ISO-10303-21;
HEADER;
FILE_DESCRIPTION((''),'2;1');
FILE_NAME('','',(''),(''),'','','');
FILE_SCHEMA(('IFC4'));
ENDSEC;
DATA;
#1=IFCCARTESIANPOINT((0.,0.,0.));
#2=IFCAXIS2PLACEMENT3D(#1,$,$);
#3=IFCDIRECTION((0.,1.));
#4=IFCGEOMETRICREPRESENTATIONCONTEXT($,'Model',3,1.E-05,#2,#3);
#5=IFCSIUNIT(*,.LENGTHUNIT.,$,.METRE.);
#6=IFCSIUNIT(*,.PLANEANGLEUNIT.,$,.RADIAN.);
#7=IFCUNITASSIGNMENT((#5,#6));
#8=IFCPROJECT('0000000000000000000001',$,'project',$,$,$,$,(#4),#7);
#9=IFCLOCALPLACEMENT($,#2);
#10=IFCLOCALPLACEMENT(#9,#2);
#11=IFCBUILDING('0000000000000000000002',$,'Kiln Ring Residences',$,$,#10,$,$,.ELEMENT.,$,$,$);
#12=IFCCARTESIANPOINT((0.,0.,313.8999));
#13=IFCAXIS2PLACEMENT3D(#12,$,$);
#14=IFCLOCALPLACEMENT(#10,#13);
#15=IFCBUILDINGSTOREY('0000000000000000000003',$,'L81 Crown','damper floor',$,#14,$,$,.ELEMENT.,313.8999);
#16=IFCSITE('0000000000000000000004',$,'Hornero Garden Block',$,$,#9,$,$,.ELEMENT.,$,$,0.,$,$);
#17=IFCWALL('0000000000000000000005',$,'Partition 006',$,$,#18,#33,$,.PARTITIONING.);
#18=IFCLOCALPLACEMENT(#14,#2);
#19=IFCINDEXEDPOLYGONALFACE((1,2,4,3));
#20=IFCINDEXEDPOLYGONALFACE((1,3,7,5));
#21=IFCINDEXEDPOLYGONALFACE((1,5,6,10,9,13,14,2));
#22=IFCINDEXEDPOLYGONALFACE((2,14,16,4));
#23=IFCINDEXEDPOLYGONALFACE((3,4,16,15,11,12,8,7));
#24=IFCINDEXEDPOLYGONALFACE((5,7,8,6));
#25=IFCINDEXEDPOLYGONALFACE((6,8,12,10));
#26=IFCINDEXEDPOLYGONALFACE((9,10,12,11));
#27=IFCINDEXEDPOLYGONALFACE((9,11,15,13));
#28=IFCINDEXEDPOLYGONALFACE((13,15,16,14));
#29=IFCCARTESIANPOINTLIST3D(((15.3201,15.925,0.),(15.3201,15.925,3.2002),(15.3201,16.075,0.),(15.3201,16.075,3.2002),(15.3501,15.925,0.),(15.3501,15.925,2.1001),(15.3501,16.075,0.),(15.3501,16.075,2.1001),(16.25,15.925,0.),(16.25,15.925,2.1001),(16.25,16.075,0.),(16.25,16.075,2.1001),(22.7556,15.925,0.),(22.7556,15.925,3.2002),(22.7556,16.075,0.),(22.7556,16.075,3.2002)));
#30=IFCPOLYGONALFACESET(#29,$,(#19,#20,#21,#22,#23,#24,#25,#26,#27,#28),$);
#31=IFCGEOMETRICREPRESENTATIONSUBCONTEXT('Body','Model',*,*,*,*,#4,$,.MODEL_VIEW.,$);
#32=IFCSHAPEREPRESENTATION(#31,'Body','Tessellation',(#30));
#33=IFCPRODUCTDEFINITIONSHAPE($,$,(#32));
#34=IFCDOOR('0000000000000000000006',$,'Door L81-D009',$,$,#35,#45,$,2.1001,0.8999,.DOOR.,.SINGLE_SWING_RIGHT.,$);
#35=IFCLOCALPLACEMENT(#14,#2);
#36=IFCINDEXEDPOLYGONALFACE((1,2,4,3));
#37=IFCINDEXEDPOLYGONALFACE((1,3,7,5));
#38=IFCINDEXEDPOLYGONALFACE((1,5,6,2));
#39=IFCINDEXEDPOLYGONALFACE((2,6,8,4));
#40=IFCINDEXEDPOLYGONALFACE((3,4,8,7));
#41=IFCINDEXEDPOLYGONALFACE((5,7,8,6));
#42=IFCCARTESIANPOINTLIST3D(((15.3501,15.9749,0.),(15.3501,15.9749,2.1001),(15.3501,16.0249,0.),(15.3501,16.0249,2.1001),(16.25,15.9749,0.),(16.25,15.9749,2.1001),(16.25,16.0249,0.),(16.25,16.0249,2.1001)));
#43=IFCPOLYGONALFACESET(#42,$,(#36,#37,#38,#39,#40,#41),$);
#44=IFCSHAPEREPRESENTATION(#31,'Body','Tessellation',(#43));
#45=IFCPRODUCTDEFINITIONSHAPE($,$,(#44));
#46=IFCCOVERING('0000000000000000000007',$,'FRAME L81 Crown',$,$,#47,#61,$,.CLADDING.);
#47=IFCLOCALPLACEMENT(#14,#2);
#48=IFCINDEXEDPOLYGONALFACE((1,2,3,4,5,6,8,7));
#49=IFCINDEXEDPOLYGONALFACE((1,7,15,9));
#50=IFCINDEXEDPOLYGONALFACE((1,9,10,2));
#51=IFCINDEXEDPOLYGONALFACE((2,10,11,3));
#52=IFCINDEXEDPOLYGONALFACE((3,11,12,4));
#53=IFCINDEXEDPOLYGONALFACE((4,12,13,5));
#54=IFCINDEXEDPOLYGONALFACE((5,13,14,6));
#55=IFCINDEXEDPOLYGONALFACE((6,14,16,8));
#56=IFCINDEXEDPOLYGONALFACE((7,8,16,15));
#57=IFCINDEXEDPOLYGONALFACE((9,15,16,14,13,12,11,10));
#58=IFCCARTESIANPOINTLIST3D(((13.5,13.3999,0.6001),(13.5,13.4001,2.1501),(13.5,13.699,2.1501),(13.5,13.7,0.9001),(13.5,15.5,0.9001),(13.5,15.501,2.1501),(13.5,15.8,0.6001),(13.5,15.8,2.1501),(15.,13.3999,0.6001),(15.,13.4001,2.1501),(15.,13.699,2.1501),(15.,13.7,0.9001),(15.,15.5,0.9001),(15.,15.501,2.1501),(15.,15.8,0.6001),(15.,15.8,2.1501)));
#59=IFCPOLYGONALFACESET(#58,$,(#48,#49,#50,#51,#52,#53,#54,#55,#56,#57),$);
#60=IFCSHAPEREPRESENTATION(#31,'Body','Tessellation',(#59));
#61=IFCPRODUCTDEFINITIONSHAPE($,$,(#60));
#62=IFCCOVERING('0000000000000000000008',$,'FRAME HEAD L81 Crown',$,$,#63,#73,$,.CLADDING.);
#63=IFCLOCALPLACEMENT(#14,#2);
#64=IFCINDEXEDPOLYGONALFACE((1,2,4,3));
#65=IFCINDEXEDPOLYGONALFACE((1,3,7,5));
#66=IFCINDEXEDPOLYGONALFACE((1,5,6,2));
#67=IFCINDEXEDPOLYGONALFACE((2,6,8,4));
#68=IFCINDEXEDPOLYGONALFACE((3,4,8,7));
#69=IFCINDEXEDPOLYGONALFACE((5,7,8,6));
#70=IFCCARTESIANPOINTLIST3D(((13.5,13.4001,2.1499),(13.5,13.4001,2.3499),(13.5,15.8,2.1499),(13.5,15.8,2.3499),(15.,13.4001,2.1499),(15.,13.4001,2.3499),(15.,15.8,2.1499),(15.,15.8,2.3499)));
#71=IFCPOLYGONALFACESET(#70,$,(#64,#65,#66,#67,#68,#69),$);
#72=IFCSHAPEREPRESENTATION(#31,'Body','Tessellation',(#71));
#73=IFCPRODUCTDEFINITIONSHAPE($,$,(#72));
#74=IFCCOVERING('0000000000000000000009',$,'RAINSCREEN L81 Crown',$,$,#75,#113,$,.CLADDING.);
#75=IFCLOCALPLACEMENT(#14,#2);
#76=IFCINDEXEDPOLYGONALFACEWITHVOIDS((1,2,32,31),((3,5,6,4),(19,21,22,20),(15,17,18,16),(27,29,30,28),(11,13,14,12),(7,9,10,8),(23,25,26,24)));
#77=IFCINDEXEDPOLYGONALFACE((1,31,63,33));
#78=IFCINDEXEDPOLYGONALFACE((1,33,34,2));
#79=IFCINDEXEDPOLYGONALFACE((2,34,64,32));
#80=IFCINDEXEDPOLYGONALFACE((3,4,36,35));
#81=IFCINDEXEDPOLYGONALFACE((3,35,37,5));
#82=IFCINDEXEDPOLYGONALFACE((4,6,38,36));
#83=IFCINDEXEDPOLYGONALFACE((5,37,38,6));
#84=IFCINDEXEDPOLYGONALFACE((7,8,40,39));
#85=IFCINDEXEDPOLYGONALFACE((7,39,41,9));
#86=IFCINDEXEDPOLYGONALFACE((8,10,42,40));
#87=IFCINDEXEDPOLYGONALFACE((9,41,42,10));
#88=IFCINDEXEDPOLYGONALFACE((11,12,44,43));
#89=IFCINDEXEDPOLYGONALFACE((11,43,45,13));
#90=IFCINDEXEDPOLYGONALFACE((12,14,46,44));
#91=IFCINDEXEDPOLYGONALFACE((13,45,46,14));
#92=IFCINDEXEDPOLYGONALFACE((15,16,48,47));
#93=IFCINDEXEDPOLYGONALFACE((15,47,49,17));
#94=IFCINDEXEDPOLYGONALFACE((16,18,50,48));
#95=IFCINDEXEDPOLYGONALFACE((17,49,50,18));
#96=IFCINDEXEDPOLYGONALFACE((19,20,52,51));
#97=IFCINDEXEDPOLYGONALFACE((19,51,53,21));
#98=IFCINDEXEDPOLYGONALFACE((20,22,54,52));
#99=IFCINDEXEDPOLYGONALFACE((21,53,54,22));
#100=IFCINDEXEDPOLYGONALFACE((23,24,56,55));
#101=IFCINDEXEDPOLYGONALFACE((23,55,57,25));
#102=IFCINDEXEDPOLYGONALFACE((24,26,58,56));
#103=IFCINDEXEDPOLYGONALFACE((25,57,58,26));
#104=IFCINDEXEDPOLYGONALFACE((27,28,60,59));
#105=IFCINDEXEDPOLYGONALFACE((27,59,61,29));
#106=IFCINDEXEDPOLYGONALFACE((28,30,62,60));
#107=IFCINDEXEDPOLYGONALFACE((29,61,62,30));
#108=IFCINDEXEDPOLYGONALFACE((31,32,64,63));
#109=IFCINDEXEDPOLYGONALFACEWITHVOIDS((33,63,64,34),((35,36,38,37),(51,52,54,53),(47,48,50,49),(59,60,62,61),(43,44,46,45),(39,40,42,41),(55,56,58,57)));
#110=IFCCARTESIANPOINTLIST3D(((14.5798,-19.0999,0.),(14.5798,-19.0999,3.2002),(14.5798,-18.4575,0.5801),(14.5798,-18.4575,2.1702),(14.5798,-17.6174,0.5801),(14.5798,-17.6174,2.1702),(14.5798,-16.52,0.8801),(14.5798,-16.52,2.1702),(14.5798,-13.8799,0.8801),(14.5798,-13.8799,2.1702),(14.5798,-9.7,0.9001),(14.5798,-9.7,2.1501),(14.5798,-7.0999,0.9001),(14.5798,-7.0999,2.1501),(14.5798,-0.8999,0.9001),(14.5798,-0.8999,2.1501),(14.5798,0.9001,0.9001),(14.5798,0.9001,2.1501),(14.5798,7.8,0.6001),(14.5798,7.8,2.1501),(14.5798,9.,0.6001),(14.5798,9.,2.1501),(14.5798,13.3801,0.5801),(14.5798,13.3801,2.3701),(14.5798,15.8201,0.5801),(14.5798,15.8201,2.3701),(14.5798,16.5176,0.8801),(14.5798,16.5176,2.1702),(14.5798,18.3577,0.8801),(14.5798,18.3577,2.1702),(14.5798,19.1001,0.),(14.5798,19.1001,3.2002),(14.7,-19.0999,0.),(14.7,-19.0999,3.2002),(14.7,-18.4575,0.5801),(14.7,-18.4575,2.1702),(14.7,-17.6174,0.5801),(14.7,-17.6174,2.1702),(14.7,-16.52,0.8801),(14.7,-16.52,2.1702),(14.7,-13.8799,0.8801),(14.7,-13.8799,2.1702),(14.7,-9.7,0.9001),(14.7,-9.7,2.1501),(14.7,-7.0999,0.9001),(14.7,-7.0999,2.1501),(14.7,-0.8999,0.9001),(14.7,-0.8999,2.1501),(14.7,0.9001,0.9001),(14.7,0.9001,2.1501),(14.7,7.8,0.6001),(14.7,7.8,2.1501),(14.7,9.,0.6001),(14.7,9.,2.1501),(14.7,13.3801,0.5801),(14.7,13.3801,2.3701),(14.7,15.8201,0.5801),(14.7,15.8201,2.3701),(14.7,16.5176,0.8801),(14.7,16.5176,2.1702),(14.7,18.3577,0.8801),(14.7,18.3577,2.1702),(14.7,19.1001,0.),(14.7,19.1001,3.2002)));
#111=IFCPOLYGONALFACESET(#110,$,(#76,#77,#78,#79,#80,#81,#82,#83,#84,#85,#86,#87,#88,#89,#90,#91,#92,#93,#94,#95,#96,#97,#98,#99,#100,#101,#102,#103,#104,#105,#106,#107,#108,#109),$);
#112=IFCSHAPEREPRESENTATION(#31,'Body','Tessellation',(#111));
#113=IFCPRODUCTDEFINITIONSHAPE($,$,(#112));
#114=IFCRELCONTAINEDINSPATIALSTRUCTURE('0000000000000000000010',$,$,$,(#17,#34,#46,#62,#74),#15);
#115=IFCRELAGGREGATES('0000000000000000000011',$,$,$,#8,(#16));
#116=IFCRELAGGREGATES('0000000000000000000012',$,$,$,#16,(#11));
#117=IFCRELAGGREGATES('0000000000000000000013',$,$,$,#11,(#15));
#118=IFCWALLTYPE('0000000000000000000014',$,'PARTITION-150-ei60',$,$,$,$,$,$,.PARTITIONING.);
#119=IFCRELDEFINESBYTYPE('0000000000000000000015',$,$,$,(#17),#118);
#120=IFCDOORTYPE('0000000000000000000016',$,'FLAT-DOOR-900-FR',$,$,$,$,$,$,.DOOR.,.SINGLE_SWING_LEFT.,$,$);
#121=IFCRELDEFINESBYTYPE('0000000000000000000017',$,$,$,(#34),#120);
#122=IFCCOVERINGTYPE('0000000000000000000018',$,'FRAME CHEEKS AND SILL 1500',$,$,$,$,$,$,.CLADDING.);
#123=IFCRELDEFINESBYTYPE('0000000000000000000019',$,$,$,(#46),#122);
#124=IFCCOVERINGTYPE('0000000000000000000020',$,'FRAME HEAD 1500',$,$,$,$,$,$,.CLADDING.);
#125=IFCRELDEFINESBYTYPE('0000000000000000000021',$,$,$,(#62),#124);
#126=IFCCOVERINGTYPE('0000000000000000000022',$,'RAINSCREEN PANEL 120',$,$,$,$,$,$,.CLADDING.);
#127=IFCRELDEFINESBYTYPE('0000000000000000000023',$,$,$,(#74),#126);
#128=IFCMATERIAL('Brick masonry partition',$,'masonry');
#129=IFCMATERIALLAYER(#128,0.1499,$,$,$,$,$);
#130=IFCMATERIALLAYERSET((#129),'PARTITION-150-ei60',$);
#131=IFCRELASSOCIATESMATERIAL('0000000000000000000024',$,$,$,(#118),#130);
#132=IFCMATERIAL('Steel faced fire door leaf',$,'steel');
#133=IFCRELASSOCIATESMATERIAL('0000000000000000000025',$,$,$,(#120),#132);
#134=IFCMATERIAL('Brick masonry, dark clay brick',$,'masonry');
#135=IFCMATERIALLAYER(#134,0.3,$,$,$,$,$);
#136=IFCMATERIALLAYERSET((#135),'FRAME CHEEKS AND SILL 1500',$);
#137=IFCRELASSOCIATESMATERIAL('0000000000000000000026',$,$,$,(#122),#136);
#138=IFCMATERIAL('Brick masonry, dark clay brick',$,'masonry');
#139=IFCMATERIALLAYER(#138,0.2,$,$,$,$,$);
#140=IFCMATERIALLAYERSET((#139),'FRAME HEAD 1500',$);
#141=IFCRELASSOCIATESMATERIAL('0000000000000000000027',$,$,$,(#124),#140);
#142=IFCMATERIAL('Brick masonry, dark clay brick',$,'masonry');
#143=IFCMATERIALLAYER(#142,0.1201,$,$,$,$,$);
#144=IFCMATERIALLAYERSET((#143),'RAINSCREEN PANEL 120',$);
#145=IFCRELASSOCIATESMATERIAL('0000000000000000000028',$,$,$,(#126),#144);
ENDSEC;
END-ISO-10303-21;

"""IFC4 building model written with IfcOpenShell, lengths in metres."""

from ifc_helpers import new_model, si_unit, direction, frame, frame_2d, origin, origin_2d, place, context, subcontext, project, spatial, polyline, rectangle, outline, extrude, material, layer, layer_set, type_object, element, fill, save


model = new_model("IFC4")

# Units and contexts
model_context = context("Model", 3, precision=1e-05, world=origin(), true_north=direction((0.0, 1.0)))
body_context = subcontext(model_context, "Body", "Model", "MODEL_VIEW")
ifc_project = project(units=[si_unit("LENGTHUNIT", "METRE"), si_unit("PLANEANGLEUNIT", "RADIAN")], contexts=[model_context])

# Site, building, storey
site_placement = place(None, origin())
site = spatial("IfcSite", under=ifc_project, at=site_placement, Name="Hornero Garden Block", CompositionType="ELEMENT", RefElevation=0.0)
building_placement = place(site_placement, origin())
building = spatial("IfcBuilding", under=site, at=building_placement, Name="Kiln Ring Residences", CompositionType="ELEMENT")
storey_placement = place(building_placement, frame((0.0, 0.0, 313.8999)))
storey = spatial("IfcBuildingStorey", under=building, at=storey_placement, Name="L81 Crown", Description="damper floor", CompositionType="ELEMENT", Elevation=313.8999)

# Wall, opening, door
ifc_material_1 = material(Name="Brick masonry partition", Category="masonry")
ifc_layer_1 = layer(ifc_material_1, 0.1499)
ifc_layer_set_1 = layer_set([ifc_layer_1], Name="PARTITION-150-ei60")
wall_type_1 = type_object("IfcWallType", Name="PARTITION-150-ei60", PredefinedType="PARTITIONING", material=ifc_layer_set_1)
wall_1_placement = place(storey_placement, frame((15.3201, 16.0, 0.0), z_axis=(0.0, 0.0, 1.0), x_axis=(1.0, 0.0, 0.0)))
wall_1 = element("IfcWall", 1, at=wall_1_placement, inside=storey, type_object=wall_type_1, Name="Partition 006", PredefinedType="PARTITIONING", context=body_context, shape_type="SweptSolid", body=[
    extrude(rectangle(XDim=7.4355, YDim=0.1499, at=frame_2d((3.7178, 0.0))), origin(), (0.0, 0.0, 1.0), 3.2002),
])
opening_1_placement = place(wall_1_placement, frame((0.03, 0.0, 0.0)))
opening_1 = element("IfcOpeningElement", 2, at=opening_1_placement, cuts=wall_1, PredefinedType="OPENING", context=body_context, shape_type="SweptSolid", body=[
    extrude(rectangle(XDim=0.8999, YDim=2.1001, at=frame_2d((0.45, 1.05))), frame((0.0, 0.085, 0.0), z_axis=(0.0, -1.0, 0.0), x_axis=(1.0, 0.0, 0.0)), (0.0, 0.0, 1.0), 0.1699),
])
ifc_material_2 = material(Name="Steel faced fire door leaf", Category="steel")
door_type_1 = type_object("IfcDoorType", Name="FLAT-DOOR-900-FR", OperationType="SINGLE_SWING_LEFT", PredefinedType="DOOR", material=ifc_material_2)
door_1_placement = place(opening_1_placement, origin())
door_1 = element("IfcDoor", 3, at=door_1_placement, inside=storey, type_object=door_type_1, Name="Door L81-D009", OperationType="SINGLE_SWING_RIGHT", OverallHeight=2.1001, OverallWidth=0.8999, PredefinedType="DOOR", context=body_context, shape_type="SweptSolid", body=[
    extrude(rectangle(XDim=0.8999, YDim=2.1001, at=frame_2d((0.45, 1.05))), frame((0.0, 0.0249, 0.0), z_axis=(0.0, -1.0, 0.0), x_axis=(1.0, 0.0, 0.0)), (0.0, 0.0, 1.0), 0.05),
])
fill(opening_1, door_1)

# Coverings
ifc_material_3 = material(Name="Brick masonry, dark clay brick", Category="masonry")
ifc_layer_2 = layer(ifc_material_3, 0.3)
ifc_layer_set_2 = layer_set([ifc_layer_2], Name="FRAME CHEEKS AND SILL 1500")
covering_type_1 = type_object("IfcCoveringType", Name="FRAME CHEEKS AND SILL 1500", PredefinedType="CLADDING", material=ifc_layer_set_2)
covering_1_placement = place(storey_placement, frame((14.25, 15.8, 0.6001), z_axis=(0.0, 0.0, 1.0), x_axis=(0.0, -1.0, 0.0)))
element("IfcCovering", 4, at=covering_1_placement, inside=storey, type_object=covering_type_1, Name="FRAME L81 Crown", PredefinedType="CLADDING", context=body_context, shape_type="SweptSolid", body=[
    extrude(outline(polyline([(0.0, 0.0), (2.4001, 0.0), (2.3999, 1.55), (2.1011, 1.55), (2.1001, 0.3), (0.3, 0.3), (0.2991, 1.55), (0.0, 1.55), (0.0, 0.0)])), frame((0.0, 0.75, 0.0), z_axis=(0.0, -1.0, 0.0), x_axis=(1.0, 0.0, 0.0)), (0.0, 0.0, 1.0), 1.5),
])
ifc_material_4 = material(Name="Brick masonry, dark clay brick", Category="masonry")
ifc_layer_3 = layer(ifc_material_4, 0.2)
ifc_layer_set_3 = layer_set([ifc_layer_3], Name="FRAME HEAD 1500")
covering_type_2 = type_object("IfcCoveringType", Name="FRAME HEAD 1500", PredefinedType="CLADDING", material=ifc_layer_set_3)
covering_2_placement = place(storey_placement, frame((14.25, 14.6001, 2.1499), z_axis=(0.0, 0.0, 1.0), x_axis=(0.0, -1.0, 0.0)))
element("IfcCovering", 5, at=covering_2_placement, inside=storey, type_object=covering_type_2, Name="FRAME HEAD L81 Crown", PredefinedType="CLADDING", context=body_context, shape_type="SweptSolid", body=[
    extrude(rectangle(XDim=2.3999, YDim=1.5, at=origin_2d()), origin(), (0.0, 0.0, 1.0), 0.2),
])
ifc_material_5 = material(Name="Brick masonry, dark clay brick", Category="masonry")
ifc_layer_4 = layer(ifc_material_5, 0.1201)
ifc_layer_set_4 = layer_set([ifc_layer_4], Name="RAINSCREEN PANEL 120")
covering_type_3 = type_object("IfcCoveringType", Name="RAINSCREEN PANEL 120", PredefinedType="CLADDING", material=ifc_layer_set_4)
covering_3_placement = place(storey_placement, frame((14.6399, 19.1001, 0.0), z_axis=(0.0, 0.0, 1.0), x_axis=(0.0, -1.0, 0.0)))
element("IfcCovering", 6, at=covering_3_placement, inside=storey, type_object=covering_type_3, Name="RAINSCREEN L81 Crown", PredefinedType="CLADDING", context=body_context, shape_type="SweptSolid", body=[
    extrude(outline(polyline([(0.0, 0.0), (38.2, 0.0), (38.2, 3.2002), (0.0, 3.2002), (0.0, 0.0)]), holes=[polyline([(11.3, 0.6001), (11.3, 2.1501), (10.1001, 2.1501), (10.1001, 0.6001), (11.3, 0.6001)]), polyline([(36.7175, 0.5801), (37.5576, 0.5801), (37.5576, 2.1702), (36.7175, 2.1702), (36.7175, 0.5801)]), polyline([(3.28, 0.5801), (5.72, 0.5801), (5.72, 2.3701), (3.28, 2.3701), (3.28, 0.5801)]), polyline([(0.7424, 0.8801), (2.5825, 0.8801), (2.5825, 2.1702), (0.7424, 2.1702), (0.7424, 0.8801)]), polyline([(18.2, 0.9001), (20.0, 0.9001), (20.0, 2.1501), (18.2, 2.1501), (18.2, 0.9001)]), polyline([(26.2, 0.9001), (28.8, 0.9001), (28.8, 2.1501), (26.2, 2.1501), (26.2, 0.9001)]), polyline([(32.98, 0.8801), (35.6201, 0.8801), (35.6201, 2.1702), (32.98, 2.1702), (32.98, 0.8801)])]), frame((0.0, 0.0601, 0.0), z_axis=(0.0, -1.0, 0.0), x_axis=(1.0, 0.0, 0.0)), (0.0, 0.0, 1.0), 0.1201),
])

save(model, "model.ifc")
